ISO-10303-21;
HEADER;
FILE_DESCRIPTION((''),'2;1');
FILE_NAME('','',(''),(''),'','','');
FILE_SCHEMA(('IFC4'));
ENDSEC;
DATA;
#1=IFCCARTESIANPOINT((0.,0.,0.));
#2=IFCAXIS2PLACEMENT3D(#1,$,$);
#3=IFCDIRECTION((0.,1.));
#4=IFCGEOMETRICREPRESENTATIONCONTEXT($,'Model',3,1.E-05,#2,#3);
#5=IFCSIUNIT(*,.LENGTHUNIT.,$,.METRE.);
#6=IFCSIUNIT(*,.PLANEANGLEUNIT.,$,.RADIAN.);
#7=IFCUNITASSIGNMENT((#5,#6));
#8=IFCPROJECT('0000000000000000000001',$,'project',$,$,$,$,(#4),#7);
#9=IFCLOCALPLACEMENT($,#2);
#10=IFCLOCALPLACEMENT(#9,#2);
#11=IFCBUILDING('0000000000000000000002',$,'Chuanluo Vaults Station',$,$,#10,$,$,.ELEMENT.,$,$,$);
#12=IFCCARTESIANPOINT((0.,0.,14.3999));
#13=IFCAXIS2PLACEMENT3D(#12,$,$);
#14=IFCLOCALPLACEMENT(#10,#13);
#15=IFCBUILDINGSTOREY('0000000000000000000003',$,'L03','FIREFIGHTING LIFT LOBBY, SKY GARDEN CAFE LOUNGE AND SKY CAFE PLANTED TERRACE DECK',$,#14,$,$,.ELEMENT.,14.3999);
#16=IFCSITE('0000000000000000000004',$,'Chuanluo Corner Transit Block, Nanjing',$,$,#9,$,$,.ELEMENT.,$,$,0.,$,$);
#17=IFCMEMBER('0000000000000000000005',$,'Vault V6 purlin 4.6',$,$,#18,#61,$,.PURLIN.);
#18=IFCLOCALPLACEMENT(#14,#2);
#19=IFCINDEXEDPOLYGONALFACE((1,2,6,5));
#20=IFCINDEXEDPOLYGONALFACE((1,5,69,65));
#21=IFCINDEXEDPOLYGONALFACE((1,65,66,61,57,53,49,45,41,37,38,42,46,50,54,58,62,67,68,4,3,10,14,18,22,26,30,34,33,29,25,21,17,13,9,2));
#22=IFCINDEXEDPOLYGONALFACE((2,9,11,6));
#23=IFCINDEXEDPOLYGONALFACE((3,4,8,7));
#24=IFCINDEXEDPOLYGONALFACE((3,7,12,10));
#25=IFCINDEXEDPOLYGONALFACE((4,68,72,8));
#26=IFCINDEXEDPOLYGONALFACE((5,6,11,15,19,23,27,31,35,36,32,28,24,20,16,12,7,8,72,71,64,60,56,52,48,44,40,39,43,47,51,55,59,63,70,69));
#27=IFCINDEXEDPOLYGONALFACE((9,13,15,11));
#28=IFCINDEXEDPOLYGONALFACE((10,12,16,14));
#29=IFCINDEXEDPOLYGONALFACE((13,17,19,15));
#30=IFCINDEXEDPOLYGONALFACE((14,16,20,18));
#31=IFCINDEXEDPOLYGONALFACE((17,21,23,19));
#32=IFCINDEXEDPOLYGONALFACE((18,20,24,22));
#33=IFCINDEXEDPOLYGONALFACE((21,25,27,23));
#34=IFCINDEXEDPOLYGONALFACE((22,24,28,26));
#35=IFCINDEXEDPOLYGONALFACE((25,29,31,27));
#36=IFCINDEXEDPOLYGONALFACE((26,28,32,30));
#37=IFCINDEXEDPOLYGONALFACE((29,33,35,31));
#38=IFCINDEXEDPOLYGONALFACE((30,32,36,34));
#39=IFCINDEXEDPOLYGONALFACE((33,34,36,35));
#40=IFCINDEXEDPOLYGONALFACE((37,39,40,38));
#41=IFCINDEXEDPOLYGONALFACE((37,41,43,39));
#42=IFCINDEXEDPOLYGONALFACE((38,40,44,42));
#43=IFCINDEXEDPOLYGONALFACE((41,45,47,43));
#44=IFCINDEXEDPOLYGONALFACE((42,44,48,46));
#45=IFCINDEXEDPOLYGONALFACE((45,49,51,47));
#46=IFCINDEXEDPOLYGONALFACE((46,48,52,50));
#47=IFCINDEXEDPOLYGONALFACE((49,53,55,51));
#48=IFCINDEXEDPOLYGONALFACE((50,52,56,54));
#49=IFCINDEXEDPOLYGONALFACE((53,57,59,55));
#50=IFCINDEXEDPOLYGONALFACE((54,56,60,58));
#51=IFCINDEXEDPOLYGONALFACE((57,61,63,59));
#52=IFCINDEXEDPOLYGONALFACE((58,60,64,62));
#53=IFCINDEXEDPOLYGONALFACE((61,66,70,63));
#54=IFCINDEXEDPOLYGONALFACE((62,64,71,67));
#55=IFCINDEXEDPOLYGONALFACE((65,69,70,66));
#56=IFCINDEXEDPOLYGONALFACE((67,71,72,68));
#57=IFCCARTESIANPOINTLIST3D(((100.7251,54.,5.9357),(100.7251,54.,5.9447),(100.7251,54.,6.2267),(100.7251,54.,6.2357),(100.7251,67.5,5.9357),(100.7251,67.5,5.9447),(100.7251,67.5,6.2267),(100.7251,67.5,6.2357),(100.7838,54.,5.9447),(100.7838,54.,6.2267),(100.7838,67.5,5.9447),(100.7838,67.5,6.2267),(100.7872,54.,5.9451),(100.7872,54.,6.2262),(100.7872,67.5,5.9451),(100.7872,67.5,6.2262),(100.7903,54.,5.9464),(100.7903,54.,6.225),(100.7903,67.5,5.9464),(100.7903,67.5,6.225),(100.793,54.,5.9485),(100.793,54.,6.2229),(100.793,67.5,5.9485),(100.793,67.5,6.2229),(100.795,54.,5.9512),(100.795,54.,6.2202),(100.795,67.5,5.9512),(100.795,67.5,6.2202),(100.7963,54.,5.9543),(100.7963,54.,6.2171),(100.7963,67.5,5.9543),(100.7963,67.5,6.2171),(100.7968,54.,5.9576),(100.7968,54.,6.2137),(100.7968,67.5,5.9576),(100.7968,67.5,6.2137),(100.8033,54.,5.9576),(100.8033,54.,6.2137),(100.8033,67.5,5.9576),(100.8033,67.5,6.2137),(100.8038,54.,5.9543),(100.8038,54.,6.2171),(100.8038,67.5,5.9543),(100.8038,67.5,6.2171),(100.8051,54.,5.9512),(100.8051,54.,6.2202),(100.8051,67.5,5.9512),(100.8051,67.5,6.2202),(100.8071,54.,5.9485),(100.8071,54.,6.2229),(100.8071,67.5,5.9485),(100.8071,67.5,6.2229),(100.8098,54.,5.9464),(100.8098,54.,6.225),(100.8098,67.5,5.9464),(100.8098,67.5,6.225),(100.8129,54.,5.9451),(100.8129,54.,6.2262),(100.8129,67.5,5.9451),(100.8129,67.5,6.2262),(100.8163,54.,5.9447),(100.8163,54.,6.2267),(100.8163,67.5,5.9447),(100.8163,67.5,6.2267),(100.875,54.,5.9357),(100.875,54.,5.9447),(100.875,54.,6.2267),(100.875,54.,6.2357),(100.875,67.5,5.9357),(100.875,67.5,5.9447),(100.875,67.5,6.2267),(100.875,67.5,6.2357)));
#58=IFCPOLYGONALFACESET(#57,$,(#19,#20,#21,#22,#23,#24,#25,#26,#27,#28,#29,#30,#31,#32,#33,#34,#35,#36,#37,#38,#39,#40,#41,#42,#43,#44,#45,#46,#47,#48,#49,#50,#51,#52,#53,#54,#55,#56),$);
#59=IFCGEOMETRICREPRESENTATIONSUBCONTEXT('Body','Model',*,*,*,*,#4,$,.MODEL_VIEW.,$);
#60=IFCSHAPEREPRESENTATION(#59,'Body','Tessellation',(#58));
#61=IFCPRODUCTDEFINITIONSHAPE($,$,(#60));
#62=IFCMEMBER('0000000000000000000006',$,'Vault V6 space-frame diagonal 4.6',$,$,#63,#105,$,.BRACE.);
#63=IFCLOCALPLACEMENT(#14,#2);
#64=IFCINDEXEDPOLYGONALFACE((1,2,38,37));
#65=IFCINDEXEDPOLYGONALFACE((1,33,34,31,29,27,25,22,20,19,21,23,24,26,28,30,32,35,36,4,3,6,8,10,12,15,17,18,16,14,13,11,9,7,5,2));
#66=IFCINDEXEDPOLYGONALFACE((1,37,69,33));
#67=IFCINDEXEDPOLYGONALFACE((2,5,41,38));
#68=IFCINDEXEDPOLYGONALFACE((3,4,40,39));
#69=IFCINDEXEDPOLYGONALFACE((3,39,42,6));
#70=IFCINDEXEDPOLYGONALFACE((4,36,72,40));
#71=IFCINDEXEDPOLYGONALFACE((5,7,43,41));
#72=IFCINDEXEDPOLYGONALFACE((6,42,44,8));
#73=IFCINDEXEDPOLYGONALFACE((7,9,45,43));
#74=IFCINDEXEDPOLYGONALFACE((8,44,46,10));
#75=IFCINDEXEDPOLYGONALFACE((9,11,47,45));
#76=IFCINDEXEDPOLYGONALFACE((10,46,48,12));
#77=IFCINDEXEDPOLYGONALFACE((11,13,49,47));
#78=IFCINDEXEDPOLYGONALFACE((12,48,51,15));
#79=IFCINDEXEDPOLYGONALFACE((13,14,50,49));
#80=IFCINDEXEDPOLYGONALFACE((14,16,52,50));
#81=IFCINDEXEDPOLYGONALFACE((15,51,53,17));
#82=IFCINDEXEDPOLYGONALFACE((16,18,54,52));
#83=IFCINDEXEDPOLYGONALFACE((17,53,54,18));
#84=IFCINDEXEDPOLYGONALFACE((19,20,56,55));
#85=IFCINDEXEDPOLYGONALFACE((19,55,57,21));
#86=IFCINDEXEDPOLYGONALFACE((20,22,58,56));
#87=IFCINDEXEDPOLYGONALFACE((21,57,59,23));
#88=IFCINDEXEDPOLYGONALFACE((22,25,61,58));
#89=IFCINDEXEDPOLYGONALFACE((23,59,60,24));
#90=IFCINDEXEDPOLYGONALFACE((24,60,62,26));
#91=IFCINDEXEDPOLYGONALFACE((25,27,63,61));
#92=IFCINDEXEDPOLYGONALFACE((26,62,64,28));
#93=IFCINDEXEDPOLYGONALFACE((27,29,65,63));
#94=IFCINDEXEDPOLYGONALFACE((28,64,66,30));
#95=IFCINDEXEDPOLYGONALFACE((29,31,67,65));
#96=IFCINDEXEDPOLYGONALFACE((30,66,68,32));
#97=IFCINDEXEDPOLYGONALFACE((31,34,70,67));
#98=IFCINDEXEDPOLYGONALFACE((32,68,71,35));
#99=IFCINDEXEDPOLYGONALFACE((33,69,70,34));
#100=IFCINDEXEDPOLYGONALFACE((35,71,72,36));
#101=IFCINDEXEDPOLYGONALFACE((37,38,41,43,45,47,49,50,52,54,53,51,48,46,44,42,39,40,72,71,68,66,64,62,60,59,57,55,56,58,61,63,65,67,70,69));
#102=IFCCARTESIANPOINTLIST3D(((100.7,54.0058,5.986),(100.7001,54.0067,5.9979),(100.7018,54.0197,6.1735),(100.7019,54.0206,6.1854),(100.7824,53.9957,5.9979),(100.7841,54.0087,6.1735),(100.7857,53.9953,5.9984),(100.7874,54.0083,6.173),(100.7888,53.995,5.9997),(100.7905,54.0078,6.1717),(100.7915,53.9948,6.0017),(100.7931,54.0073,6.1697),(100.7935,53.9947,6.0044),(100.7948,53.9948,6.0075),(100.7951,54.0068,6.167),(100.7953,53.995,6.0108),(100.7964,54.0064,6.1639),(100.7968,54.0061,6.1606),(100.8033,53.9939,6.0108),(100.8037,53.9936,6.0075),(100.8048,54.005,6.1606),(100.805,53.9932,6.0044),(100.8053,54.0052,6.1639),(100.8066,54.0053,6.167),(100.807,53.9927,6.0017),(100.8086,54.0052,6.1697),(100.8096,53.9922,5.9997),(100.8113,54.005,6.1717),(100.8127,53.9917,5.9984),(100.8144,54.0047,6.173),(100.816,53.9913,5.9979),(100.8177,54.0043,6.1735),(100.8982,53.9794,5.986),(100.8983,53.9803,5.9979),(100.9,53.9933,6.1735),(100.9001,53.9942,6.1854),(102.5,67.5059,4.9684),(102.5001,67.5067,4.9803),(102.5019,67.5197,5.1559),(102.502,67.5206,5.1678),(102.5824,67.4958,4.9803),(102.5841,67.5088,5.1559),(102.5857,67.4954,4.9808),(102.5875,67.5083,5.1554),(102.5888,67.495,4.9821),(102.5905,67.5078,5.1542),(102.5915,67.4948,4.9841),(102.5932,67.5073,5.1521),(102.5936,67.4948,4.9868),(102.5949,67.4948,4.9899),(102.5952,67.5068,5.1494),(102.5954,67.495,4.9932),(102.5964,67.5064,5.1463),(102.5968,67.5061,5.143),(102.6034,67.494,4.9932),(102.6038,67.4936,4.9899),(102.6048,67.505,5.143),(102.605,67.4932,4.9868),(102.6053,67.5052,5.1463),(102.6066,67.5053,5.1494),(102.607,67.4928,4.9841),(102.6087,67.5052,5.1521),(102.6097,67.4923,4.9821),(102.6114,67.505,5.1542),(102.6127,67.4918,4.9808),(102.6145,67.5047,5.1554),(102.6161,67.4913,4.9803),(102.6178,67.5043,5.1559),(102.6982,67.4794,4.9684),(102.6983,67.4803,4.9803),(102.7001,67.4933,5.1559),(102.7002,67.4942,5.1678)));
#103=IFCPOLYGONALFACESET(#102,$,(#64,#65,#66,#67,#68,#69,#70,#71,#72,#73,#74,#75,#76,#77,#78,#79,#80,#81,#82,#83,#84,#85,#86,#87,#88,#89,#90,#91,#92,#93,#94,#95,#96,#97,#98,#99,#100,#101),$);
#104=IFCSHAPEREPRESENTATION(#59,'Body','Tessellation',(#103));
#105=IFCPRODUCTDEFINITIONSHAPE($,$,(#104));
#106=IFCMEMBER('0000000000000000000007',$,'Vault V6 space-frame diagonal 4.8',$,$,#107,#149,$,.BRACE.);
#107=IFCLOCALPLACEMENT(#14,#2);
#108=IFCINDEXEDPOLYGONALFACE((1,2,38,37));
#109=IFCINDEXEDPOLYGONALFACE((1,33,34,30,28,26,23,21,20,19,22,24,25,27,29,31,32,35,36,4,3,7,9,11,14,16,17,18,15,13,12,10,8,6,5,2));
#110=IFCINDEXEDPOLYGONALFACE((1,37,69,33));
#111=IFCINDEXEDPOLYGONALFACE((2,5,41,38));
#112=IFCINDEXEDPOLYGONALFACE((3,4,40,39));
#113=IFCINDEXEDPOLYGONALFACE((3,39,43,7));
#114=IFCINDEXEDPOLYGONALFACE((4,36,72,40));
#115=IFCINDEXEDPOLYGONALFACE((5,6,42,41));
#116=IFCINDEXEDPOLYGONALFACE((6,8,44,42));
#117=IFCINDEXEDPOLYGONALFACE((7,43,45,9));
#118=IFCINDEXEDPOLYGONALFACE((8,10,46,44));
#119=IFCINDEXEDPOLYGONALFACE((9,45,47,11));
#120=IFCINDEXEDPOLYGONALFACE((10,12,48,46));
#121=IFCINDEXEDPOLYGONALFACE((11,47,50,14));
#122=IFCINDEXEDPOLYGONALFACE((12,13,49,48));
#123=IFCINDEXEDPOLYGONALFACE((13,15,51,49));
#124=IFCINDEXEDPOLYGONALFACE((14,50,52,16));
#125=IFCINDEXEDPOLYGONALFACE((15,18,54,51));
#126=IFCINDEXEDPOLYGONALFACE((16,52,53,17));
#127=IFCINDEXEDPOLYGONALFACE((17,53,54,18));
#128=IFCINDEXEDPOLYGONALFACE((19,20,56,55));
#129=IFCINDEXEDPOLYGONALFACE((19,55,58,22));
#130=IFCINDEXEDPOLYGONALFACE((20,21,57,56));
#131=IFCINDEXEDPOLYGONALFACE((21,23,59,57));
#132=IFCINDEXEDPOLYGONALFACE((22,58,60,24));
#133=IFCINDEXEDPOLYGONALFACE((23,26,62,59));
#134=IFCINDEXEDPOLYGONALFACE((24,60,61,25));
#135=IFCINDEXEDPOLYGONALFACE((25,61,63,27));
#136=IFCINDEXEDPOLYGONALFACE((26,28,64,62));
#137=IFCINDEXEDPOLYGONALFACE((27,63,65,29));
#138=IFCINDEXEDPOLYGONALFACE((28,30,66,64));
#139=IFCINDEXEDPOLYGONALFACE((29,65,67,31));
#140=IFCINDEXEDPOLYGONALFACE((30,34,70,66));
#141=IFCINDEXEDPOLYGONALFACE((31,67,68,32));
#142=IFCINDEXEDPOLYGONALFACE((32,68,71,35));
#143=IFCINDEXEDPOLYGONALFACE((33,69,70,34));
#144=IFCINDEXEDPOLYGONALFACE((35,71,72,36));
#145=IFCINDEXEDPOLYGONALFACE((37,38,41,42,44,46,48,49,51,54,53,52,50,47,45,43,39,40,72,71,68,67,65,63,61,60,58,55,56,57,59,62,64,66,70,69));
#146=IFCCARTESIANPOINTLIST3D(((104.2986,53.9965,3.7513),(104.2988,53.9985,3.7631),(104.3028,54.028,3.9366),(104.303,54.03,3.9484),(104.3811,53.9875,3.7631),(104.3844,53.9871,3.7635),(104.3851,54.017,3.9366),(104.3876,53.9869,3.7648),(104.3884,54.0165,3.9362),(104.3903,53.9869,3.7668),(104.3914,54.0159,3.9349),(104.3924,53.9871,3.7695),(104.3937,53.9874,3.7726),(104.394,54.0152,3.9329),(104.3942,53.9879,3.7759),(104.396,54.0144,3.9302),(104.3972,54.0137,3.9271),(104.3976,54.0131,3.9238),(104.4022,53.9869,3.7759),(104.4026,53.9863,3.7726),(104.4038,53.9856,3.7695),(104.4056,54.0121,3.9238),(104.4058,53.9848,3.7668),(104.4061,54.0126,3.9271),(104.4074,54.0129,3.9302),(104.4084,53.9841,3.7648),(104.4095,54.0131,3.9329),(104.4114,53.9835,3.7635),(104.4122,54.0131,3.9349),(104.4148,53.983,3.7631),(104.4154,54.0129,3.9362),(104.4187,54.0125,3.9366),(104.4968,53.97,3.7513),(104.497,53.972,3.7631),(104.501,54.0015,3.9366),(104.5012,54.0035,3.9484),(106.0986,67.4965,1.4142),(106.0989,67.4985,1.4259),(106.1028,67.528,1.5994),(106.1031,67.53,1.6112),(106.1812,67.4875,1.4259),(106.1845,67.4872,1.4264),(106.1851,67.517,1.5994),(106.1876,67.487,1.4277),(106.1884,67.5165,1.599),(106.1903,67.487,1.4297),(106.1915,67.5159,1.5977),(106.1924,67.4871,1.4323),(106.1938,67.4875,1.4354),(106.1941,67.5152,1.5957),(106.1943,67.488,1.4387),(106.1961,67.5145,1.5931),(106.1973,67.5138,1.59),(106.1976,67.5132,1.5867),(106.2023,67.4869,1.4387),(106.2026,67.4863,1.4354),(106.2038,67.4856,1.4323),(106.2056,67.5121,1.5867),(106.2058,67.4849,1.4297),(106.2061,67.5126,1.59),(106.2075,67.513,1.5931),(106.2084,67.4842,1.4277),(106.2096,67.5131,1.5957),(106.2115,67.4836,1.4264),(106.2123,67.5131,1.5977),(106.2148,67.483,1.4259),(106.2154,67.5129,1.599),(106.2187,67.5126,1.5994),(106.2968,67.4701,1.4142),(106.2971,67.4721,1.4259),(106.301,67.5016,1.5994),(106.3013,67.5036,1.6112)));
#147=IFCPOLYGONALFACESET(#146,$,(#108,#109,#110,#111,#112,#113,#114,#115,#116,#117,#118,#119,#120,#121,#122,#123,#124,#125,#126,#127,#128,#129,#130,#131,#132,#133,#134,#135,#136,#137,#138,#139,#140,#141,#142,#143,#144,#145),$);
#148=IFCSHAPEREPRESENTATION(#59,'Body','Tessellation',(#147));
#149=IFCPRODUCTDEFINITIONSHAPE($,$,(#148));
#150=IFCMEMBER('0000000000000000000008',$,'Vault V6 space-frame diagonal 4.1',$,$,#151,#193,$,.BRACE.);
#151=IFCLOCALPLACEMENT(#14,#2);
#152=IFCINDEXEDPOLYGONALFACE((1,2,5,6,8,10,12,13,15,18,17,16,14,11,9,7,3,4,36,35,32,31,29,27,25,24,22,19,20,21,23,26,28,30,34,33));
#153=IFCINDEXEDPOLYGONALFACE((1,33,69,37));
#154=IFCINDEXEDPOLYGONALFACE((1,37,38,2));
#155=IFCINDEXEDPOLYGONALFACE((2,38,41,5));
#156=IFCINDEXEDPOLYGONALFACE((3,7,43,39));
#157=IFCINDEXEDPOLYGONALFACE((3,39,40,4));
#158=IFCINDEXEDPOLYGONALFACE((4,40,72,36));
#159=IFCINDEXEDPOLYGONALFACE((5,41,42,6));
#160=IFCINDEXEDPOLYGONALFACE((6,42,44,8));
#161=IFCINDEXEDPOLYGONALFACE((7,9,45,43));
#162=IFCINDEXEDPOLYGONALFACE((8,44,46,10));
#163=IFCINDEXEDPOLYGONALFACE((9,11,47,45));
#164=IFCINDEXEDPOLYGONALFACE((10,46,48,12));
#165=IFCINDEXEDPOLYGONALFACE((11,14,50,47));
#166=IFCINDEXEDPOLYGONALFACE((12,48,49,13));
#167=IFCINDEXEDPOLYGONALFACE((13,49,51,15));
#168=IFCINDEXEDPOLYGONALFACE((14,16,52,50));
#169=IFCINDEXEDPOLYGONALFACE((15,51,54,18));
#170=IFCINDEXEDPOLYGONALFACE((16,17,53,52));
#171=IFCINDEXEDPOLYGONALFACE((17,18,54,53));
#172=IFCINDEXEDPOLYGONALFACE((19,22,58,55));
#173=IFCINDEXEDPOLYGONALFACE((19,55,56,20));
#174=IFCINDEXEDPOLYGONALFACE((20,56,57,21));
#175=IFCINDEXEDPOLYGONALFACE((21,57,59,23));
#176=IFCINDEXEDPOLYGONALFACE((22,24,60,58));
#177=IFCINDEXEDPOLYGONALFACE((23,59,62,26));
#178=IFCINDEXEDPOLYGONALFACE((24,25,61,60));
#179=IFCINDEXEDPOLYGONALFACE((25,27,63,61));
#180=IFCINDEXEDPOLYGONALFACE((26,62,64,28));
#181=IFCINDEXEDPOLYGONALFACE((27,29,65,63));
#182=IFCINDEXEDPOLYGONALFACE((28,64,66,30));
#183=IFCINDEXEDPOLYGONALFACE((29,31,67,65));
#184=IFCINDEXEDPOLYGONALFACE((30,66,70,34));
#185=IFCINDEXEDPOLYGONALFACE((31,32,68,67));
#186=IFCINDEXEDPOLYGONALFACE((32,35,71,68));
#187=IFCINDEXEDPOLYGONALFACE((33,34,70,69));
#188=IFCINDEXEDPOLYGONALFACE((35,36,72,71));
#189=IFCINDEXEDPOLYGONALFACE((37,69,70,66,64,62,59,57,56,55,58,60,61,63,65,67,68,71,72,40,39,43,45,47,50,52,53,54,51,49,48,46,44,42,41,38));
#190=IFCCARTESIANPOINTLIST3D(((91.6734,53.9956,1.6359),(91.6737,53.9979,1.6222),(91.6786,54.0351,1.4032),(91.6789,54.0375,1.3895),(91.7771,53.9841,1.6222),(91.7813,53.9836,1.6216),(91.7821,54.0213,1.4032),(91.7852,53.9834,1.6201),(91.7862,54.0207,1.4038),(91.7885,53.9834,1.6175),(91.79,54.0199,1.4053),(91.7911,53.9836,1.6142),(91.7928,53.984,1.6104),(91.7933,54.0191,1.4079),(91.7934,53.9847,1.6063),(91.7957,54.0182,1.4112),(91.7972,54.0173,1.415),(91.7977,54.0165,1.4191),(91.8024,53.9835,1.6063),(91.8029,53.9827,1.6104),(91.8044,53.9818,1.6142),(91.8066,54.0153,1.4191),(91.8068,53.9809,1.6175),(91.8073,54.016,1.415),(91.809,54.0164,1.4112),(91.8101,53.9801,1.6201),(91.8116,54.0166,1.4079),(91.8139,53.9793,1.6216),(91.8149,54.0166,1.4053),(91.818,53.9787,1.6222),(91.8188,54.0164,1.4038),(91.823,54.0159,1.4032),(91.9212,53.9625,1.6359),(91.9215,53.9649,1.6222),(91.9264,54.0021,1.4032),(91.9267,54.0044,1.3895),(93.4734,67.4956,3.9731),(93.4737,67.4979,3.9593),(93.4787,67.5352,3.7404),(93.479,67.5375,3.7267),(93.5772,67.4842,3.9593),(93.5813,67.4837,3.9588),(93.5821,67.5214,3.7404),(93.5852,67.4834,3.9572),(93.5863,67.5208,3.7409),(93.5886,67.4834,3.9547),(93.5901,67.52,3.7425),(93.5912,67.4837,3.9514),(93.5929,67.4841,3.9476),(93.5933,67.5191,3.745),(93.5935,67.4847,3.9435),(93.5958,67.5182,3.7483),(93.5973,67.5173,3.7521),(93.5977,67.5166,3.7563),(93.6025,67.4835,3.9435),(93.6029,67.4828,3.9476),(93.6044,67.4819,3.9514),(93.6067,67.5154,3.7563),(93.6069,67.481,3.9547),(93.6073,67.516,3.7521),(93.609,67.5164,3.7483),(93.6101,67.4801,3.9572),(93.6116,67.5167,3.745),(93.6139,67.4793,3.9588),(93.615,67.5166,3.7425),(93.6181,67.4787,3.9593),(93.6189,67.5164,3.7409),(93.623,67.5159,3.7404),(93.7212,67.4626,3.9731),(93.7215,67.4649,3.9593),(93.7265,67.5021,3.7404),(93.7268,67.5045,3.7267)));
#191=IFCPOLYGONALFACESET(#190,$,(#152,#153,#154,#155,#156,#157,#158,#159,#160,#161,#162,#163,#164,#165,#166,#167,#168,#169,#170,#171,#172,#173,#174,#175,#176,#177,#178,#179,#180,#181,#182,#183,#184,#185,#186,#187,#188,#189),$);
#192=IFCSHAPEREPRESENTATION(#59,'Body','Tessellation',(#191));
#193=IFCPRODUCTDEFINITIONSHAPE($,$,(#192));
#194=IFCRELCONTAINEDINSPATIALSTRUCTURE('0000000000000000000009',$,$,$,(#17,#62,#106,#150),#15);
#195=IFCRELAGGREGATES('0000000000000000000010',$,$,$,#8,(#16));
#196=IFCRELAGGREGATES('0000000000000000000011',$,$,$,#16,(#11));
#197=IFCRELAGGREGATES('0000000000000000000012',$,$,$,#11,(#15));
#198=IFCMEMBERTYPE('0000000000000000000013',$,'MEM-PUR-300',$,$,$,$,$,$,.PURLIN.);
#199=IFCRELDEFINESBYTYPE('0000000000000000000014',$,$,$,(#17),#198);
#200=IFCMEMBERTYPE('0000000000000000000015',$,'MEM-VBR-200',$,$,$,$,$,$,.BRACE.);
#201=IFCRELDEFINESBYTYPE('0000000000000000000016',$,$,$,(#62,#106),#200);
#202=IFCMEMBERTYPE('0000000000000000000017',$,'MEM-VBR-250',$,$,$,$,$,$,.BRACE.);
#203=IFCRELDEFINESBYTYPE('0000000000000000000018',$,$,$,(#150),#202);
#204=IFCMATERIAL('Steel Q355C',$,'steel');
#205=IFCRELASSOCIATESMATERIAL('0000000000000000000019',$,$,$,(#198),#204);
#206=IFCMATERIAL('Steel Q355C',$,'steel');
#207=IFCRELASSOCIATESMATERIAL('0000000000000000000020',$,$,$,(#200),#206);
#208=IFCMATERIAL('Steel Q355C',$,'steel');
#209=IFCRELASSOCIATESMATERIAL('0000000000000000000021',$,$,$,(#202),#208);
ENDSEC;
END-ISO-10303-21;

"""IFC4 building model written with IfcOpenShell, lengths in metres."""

from ifc_helpers import new_model, si_unit, direction, frame, origin, origin_2d, place, context, subcontext, project, spatial, i_section, extrude, material, material_profile, profile_set, type_object, element, save


model = new_model("IFC4")

# Units and contexts
model_context = context("Model", 3, precision=1e-05, world=origin(), true_north=direction((0.0, 1.0)))
body_context = subcontext(model_context, "Body", "Model", "MODEL_VIEW")
ifc_project = project(units=[si_unit("LENGTHUNIT", "METRE"), si_unit("PLANEANGLEUNIT", "RADIAN")], contexts=[model_context])

# Site, building, storey
site_placement = place(None, origin())
site = spatial("IfcSite", under=ifc_project, at=site_placement, Name="Chuanluo Corner Transit Block, Nanjing", CompositionType="ELEMENT", RefElevation=0.0)
building_placement = place(site_placement, origin())
building = spatial("IfcBuilding", under=site, at=building_placement, Name="Chuanluo Vaults Station", CompositionType="ELEMENT")
storey_placement = place(building_placement, frame((0.0, 0.0, 14.3999)))
storey = spatial("IfcBuildingStorey", under=building, at=storey_placement, Name="L03", Description="FIREFIGHTING LIFT LOBBY, SKY GARDEN CAFE LOUNGE AND SKY CAFE PLANTED TERRACE DECK", CompositionType="ELEMENT", Elevation=14.3999)

# Members
ifc_material_1 = material(Name="Steel Q355C", Category="steel")
ifc_material_profile_1 = material_profile(ifc_material_1, i_section(OverallWidth=0.1499, OverallDepth=0.3, WebThickness=0.0066, FlangeThickness=0.009, FilletRadius=0.0129, at=origin_2d()))
ifc_profile_set_1 = profile_set([ifc_material_profile_1], Name="Steel Q355C")
member_type_1 = type_object("IfcMemberType", Name="MEM-PUR-300", PredefinedType="PURLIN", material=ifc_profile_set_1)
for number, where, z_axis, x_axis, name in (
    (1, (100.8, 54.0, 6.0857), (0.0, 1.0, 0.0), (-1.0, 0.0, 0.0), "Vault V6 purlin 4.6"),
):
    element("IfcMember", number, at=place(storey_placement, frame(where, z_axis=z_axis, x_axis=x_axis)), inside=storey, type_object=member_type_1, Name=name, PredefinedType="PURLIN", context=body_context, shape_type="SweptSolid", body=[
        extrude(i_section(OverallWidth=0.1499, OverallDepth=0.3, WebThickness=0.0066, FlangeThickness=0.009, FilletRadius=0.0129, at=origin_2d()), origin(), (0.0, 0.0, 1.0), 13.5),
    ])
ifc_material_2 = material(Name="Steel Q355C", Category="steel")
ifc_material_profile_2 = material_profile(ifc_material_2, i_section(OverallWidth=0.2, OverallDepth=0.2, WebThickness=0.0081, FlangeThickness=0.012, FilletRadius=0.0129, at=origin_2d()))
ifc_profile_set_2 = profile_set([ifc_material_profile_2], Name="Steel Q355C")
member_type_2 = type_object("IfcMemberType", Name="MEM-VBR-200", PredefinedType="BRACE", material=ifc_profile_set_2)
member_1_placement = place(storey_placement, frame((100.8, 54.0, 6.0857), z_axis=(0.1318, 0.988472, -0.074507), x_axis=(-0.991227, 0.132167, 0.0)))
element("IfcMember", 2, at=member_1_placement, inside=storey, type_object=member_type_2, Name="Vault V6 space-frame diagonal 4.6", PredefinedType="BRACE", context=body_context, shape_type="SweptSolid", body=[
    extrude(i_section(OverallWidth=0.2, OverallDepth=0.2, WebThickness=0.0081, FlangeThickness=0.012, FilletRadius=0.0129, at=origin_2d()), origin(), (0.0, 0.0, 1.0), 13.6575),
])
member_2_placement = place(storey_placement, frame((104.3999, 54.0, 3.8499), z_axis=(0.130263, 0.976947, -0.169132), x_axis=(-0.991227, 0.132167, 0.0)))
element("IfcMember", 3, at=member_2_placement, inside=storey, type_object=member_type_2, Name="Vault V6 space-frame diagonal 4.8", PredefinedType="BRACE", context=body_context, shape_type="SweptSolid", body=[
    extrude(i_section(OverallWidth=0.2, OverallDepth=0.2, WebThickness=0.0081, FlangeThickness=0.012, FilletRadius=0.0129, at=origin_2d()), origin(), (0.0, 0.0, 1.0), 13.8186),
])
ifc_material_3 = material(Name="Steel Q355C", Category="steel")
ifc_material_profile_3 = material_profile(ifc_material_3, i_section(OverallWidth=0.25, OverallDepth=0.25, WebThickness=0.009, FlangeThickness=0.0139, FilletRadius=0.0161, at=origin_2d()))
ifc_profile_set_3 = profile_set([ifc_material_profile_3], Name="Steel Q355C")
member_type_3 = type_object("IfcMemberType", Name="MEM-VBR-250", PredefinedType="BRACE", material=ifc_profile_set_3)
member_3_placement = place(storey_placement, frame((91.8, 54.0, 1.5127), z_axis=(0.130263, 0.976947, 0.169132), x_axis=(-0.991227, 0.132167, 0.0)))
element("IfcMember", 4, at=member_3_placement, inside=storey, type_object=member_type_3, Name="Vault V6 space-frame diagonal 4.1", PredefinedType="BRACE", context=body_context, shape_type="SweptSolid", body=[
    extrude(i_section(OverallWidth=0.25, OverallDepth=0.25, WebThickness=0.009, FlangeThickness=0.0139, FilletRadius=0.0161, at=origin_2d()), origin(), (0.0, 0.0, 1.0), 13.8186),
])

save(model, "model.ifc")
